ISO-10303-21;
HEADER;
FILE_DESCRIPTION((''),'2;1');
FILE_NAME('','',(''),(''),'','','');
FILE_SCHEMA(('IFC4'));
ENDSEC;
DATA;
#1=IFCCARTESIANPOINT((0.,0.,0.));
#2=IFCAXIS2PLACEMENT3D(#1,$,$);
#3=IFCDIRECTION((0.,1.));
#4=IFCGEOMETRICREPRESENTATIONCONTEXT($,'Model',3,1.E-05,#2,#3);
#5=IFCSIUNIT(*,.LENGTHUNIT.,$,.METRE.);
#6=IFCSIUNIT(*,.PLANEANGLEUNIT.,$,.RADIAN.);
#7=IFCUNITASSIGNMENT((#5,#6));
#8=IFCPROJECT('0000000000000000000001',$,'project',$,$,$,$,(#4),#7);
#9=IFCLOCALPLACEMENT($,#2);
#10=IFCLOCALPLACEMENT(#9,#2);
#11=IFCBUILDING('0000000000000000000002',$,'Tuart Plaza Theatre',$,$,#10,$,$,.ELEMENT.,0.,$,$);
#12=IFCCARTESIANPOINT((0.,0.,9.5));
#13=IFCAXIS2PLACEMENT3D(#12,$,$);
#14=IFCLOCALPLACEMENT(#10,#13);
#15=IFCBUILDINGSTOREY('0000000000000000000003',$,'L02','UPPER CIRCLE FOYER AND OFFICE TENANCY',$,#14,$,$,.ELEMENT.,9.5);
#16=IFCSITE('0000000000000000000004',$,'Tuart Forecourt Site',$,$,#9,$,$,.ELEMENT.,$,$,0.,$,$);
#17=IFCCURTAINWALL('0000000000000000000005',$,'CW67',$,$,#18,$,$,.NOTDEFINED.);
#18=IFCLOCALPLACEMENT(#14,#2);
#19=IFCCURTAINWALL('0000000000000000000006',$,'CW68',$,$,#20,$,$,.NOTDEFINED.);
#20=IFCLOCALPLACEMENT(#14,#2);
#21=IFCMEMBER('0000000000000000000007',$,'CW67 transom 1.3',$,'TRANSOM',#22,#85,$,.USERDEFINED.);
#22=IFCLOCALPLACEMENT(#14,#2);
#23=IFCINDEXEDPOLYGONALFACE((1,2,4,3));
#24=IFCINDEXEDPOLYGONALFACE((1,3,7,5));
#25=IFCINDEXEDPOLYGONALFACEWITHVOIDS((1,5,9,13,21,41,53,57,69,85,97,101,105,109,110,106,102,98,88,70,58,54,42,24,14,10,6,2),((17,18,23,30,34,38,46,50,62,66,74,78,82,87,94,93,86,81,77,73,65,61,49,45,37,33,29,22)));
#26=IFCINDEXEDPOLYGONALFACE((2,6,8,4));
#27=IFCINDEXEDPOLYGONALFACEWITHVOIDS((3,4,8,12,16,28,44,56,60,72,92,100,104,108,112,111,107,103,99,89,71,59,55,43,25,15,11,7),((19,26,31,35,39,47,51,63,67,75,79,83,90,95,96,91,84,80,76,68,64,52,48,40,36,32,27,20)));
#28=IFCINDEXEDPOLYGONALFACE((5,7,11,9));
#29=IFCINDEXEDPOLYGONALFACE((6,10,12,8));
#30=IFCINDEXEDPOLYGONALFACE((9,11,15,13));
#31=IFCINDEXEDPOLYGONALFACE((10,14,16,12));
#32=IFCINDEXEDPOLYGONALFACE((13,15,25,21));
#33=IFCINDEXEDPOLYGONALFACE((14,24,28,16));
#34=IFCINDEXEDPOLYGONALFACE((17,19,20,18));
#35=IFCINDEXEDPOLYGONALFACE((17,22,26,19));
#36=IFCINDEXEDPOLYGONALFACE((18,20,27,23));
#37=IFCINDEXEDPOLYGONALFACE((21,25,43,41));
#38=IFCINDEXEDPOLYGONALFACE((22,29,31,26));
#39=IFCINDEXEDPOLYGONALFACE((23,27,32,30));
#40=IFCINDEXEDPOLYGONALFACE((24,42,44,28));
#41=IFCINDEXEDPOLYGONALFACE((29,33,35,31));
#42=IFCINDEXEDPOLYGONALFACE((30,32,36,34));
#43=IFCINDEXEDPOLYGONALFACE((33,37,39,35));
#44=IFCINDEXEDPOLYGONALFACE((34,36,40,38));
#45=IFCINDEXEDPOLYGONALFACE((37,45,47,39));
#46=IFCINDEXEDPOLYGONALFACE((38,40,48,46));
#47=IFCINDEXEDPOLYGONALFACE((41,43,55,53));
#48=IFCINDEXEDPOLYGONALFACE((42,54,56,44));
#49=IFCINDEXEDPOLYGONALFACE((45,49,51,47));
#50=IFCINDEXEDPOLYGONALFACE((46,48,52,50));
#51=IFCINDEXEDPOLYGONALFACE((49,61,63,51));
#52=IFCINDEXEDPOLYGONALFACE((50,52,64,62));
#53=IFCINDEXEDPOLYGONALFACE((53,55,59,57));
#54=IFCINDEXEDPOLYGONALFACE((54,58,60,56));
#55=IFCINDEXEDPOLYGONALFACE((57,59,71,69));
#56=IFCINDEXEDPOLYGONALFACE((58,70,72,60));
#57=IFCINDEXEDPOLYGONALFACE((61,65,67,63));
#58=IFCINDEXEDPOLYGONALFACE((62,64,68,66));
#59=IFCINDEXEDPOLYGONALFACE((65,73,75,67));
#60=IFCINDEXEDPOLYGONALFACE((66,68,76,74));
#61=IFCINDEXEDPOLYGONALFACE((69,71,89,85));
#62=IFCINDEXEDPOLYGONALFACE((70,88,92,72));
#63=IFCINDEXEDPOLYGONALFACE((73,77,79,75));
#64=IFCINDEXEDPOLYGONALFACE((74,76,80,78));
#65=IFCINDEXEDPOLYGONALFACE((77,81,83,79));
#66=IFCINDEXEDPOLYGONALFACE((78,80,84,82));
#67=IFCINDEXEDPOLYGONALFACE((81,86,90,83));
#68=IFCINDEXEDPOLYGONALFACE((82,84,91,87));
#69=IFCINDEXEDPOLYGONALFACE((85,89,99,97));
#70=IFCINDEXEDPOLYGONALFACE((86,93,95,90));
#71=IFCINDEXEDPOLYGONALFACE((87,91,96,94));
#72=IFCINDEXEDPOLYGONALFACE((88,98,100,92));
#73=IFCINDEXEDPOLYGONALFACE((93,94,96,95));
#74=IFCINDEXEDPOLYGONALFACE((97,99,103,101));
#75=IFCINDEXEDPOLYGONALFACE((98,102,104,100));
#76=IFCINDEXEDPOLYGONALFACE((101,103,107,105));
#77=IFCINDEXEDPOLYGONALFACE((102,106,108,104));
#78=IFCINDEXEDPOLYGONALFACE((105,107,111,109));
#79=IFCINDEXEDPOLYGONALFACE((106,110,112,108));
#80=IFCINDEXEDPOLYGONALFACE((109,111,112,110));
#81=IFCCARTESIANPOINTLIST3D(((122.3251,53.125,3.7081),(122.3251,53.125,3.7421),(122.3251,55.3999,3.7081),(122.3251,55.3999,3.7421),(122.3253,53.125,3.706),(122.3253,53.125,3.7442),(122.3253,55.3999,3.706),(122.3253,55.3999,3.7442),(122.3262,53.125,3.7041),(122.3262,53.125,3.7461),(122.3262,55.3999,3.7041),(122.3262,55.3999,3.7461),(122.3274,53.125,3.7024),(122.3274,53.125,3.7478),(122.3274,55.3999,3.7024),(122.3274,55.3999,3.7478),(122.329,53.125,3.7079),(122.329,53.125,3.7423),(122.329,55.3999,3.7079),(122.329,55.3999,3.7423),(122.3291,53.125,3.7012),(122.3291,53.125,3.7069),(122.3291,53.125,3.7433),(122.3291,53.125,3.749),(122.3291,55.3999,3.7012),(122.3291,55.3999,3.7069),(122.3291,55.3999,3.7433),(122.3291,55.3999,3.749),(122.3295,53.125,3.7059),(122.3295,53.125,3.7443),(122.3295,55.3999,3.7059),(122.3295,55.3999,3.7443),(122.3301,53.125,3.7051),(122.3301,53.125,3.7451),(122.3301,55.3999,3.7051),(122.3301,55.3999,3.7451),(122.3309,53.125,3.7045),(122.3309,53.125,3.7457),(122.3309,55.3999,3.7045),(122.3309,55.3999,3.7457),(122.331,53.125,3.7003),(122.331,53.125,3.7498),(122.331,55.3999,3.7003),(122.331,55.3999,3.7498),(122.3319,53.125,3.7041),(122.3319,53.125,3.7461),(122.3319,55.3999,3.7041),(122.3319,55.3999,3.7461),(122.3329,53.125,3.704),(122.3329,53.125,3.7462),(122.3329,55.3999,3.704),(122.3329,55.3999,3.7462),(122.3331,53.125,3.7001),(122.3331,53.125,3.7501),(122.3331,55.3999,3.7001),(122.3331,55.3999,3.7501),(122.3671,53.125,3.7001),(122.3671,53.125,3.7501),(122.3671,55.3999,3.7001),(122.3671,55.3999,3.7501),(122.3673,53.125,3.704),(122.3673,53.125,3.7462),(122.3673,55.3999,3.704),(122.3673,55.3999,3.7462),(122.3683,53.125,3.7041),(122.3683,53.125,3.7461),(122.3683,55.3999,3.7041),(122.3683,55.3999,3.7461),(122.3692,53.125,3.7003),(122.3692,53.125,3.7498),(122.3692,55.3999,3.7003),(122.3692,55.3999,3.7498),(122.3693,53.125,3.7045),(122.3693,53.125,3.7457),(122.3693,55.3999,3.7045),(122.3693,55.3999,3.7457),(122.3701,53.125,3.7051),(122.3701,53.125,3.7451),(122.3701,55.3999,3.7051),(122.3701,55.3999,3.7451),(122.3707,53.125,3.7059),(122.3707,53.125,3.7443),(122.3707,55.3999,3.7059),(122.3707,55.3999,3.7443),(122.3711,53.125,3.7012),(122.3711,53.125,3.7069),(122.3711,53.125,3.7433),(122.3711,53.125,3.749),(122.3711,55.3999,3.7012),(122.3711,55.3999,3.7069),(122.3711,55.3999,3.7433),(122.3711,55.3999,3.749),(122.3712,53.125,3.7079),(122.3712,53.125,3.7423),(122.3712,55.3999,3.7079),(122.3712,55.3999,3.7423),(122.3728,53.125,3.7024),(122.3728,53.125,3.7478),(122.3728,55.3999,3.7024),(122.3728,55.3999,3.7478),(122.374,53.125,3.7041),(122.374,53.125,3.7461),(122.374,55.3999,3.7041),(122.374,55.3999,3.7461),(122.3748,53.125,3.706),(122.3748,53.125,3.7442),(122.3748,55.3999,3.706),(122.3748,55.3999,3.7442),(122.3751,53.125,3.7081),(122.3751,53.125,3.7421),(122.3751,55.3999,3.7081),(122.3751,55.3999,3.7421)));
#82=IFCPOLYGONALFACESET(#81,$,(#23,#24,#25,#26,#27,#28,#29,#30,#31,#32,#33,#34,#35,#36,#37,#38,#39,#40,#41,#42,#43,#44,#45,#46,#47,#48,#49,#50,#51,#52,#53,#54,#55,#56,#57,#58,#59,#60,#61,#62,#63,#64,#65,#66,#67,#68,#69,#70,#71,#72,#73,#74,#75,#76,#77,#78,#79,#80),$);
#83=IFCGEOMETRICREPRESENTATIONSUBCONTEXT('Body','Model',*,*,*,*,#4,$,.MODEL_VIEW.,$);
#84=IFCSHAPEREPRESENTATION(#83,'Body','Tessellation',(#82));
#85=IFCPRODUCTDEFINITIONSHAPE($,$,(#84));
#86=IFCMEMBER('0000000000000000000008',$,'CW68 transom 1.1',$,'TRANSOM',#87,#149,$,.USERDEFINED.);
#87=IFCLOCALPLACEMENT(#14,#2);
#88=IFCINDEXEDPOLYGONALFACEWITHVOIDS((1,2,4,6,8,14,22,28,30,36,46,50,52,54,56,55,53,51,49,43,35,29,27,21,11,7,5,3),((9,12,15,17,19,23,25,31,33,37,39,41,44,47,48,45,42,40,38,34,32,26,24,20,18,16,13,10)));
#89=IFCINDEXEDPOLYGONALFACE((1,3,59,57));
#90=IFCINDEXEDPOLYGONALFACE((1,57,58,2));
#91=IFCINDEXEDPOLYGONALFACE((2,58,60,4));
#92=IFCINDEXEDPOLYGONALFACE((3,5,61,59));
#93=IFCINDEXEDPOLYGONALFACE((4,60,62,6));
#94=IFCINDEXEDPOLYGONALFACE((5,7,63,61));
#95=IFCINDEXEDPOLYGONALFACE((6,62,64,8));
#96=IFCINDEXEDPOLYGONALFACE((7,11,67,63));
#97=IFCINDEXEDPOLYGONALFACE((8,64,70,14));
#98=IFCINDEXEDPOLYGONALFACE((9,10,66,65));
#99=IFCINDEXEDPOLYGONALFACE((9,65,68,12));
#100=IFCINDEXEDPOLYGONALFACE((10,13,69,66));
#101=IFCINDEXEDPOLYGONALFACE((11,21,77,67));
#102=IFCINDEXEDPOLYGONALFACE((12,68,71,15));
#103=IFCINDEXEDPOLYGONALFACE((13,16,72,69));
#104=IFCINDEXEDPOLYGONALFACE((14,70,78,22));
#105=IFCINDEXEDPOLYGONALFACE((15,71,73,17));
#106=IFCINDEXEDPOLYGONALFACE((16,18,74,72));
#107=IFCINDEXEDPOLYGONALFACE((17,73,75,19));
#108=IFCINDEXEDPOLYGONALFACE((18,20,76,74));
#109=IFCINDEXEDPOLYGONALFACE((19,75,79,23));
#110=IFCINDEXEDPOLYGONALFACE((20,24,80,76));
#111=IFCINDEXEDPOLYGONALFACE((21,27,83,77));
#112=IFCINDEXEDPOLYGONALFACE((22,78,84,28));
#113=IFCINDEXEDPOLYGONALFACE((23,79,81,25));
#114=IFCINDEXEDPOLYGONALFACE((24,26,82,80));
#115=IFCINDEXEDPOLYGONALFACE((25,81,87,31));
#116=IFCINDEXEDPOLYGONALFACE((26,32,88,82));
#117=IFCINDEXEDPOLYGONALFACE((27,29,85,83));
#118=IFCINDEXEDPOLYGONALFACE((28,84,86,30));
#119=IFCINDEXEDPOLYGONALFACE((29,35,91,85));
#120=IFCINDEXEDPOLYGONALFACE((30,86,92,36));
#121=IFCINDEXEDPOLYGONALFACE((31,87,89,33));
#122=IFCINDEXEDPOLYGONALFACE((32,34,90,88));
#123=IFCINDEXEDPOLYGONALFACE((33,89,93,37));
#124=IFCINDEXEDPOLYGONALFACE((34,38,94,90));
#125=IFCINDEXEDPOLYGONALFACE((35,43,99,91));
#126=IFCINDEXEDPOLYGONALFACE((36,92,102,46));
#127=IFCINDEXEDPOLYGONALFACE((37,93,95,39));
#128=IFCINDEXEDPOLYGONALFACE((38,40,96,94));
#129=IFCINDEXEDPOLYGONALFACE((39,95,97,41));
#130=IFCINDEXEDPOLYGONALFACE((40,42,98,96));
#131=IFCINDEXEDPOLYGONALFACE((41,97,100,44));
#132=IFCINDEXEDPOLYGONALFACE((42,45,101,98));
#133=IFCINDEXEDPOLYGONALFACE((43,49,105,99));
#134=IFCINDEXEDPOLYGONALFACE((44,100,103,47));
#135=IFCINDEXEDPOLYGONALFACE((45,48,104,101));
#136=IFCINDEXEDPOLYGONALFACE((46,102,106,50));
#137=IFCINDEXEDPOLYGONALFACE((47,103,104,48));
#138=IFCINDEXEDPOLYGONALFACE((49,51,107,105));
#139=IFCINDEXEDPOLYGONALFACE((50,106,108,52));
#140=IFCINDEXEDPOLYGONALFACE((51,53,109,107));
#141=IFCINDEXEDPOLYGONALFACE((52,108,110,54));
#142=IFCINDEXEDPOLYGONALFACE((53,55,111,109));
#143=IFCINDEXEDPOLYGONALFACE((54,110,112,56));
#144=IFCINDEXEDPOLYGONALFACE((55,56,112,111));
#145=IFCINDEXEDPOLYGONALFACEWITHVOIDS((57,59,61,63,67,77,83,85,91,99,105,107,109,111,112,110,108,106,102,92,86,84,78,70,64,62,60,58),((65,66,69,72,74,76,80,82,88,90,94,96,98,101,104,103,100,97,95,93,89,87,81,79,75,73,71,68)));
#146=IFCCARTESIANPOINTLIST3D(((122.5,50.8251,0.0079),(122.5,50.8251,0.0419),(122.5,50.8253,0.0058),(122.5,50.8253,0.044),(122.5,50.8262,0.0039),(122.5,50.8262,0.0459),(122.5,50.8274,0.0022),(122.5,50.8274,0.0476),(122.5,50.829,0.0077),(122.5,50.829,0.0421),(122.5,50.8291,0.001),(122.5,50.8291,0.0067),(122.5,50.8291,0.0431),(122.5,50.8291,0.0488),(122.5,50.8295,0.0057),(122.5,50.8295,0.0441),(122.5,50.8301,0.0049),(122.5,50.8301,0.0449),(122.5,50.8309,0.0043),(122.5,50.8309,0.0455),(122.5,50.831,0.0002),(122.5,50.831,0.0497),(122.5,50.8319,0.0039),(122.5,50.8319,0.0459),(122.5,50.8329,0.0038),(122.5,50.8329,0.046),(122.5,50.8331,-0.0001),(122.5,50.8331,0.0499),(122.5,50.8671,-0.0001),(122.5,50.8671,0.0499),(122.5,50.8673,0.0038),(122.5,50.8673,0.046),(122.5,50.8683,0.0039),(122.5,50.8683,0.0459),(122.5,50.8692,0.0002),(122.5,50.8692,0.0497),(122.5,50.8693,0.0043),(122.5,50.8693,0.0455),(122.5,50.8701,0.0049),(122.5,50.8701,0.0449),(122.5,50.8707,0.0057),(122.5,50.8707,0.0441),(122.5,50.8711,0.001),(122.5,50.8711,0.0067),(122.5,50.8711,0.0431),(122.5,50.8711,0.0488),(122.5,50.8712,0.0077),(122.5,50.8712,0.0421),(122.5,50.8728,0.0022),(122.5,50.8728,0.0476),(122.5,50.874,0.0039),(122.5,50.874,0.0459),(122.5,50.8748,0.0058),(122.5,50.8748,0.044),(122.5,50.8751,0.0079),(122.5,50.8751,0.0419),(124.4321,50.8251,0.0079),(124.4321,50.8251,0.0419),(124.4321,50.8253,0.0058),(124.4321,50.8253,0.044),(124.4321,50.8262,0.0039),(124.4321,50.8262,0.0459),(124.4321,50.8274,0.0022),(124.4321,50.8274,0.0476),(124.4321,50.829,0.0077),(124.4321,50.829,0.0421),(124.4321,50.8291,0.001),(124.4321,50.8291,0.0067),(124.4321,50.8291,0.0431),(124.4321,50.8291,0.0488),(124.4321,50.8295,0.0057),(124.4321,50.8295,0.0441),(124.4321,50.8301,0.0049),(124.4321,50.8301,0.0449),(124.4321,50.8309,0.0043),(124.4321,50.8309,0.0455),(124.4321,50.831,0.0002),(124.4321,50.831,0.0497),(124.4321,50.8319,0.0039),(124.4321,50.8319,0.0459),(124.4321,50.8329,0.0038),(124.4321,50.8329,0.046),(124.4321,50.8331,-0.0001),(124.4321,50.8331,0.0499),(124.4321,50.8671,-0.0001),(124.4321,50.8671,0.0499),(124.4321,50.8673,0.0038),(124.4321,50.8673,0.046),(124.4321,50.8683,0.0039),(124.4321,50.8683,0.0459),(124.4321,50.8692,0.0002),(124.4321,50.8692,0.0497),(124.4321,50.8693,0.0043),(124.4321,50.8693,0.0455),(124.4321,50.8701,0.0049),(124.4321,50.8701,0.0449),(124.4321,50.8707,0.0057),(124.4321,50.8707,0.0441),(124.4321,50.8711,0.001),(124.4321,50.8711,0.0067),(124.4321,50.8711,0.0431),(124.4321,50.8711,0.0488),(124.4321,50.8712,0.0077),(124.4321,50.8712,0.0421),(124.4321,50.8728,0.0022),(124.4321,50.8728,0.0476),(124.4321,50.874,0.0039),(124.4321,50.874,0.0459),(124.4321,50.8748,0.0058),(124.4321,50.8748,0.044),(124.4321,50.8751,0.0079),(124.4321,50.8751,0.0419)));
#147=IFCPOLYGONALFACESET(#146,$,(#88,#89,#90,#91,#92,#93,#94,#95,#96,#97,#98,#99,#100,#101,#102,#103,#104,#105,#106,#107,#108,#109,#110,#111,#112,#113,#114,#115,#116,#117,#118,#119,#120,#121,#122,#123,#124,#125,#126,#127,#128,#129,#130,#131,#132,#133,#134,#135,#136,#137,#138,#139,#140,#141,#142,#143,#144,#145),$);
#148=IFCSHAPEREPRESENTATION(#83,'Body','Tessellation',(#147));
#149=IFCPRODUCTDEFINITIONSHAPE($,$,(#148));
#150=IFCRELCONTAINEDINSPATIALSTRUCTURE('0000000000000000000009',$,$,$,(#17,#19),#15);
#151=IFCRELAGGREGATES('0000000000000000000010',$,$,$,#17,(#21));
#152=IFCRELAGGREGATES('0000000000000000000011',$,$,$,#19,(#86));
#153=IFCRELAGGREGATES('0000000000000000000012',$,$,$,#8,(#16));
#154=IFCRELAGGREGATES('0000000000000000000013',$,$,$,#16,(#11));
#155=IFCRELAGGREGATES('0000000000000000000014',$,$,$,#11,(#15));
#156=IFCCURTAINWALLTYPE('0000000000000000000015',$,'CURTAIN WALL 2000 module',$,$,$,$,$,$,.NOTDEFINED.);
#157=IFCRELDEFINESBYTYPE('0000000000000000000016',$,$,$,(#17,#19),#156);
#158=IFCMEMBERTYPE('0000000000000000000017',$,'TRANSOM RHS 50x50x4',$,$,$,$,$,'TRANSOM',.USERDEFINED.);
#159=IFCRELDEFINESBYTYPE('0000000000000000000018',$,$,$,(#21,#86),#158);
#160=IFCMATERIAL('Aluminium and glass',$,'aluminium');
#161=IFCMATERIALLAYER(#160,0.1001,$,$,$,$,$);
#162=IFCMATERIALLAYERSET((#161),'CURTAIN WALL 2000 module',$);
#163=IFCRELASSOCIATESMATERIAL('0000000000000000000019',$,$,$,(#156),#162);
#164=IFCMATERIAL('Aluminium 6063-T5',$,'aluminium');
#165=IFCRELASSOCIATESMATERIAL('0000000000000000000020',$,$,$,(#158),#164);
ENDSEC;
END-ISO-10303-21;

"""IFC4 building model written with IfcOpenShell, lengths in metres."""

from ifc_helpers import new_model, si_unit, direction, frame, origin, origin_2d, place, context, subcontext, project, spatial, hollow_rectangle, extrude, material, layer, layer_set, material_profile, profile_set, type_object, element, aggregate, save


model = new_model("IFC4")

# Units and contexts
model_context = context("Model", 3, precision=1e-05, world=origin(), true_north=direction((0.0, 1.0)))
body_context = subcontext(model_context, "Body", "Model", "MODEL_VIEW")
ifc_project = project(units=[si_unit("LENGTHUNIT", "METRE"), si_unit("PLANEANGLEUNIT", "RADIAN")], contexts=[model_context])

# Site, building, storey
site_placement = place(None, origin())
site = spatial("IfcSite", under=ifc_project, at=site_placement, Name="Tuart Forecourt Site", CompositionType="ELEMENT", RefElevation=0.0)
building_placement = place(site_placement, origin())
building = spatial("IfcBuilding", under=site, at=building_placement, Name="Tuart Plaza Theatre", CompositionType="ELEMENT", ElevationOfRefHeight=0.0)
storey_placement = place(building_placement, frame((0.0, 0.0, 9.5)))
storey = spatial("IfcBuildingStorey", under=building, at=storey_placement, Name="L02", Description="UPPER CIRCLE FOYER AND OFFICE TENANCY", CompositionType="ELEMENT", Elevation=9.5)

# Curtain wall
ifc_material_1 = material(Name="Aluminium and glass", Category="aluminium")
ifc_layer_1 = layer(ifc_material_1, 0.1001)
ifc_layer_set_1 = layer_set([ifc_layer_1], Name="CURTAIN WALL 2000 module")
curtain_wall_type = type_object("IfcCurtainWallType", Name="CURTAIN WALL 2000 module", PredefinedType="NOTDEFINED", material=ifc_layer_set_1)
curtain_wall_1_placement = place(storey_placement, origin())
curtain_wall_1 = element("IfcCurtainWall", 1, at=curtain_wall_1_placement, inside=storey, type_object=curtain_wall_type, Name="CW67", PredefinedType="NOTDEFINED")

# Curtain wall
curtain_wall_2_placement = place(storey_placement, origin())
curtain_wall_2 = element("IfcCurtainWall", 2, at=curtain_wall_2_placement, inside=storey, type_object=curtain_wall_type, Name="CW68", PredefinedType="NOTDEFINED")

# Members
ifc_material_2 = material(Name="Aluminium 6063-T5", Category="aluminium")
ifc_material_profile_1 = material_profile(ifc_material_2, hollow_rectangle(XDim=0.05, YDim=0.05, WallThickness=0.0039, InnerFilletRadius=0.0039, OuterFilletRadius=0.0081, at=origin_2d()), Name="RHS 50x50x4")
ifc_profile_set_1 = profile_set([ifc_material_profile_1], Name="Aluminium 6063-T5")
member_type_1 = type_object("IfcMemberType", Name="TRANSOM RHS 50x50x4", ElementType="TRANSOM", PredefinedType="USERDEFINED", material=ifc_profile_set_1)
member_1_placement = place(storey_placement, frame((122.3501, 55.3999, 3.7251), z_axis=(0.0, -1.0, 0.0), x_axis=(1.0, 0.0, 0.0)))
member_1 = element("IfcMember", 3, at=member_1_placement, type_object=member_type_1, Name="CW67 transom 1.3", ObjectType="TRANSOM", PredefinedType="USERDEFINED", context=body_context, shape_type="SweptSolid", body=[
    extrude(hollow_rectangle(XDim=0.05, YDim=0.05, WallThickness=0.0039, InnerFilletRadius=0.0039, OuterFilletRadius=0.0081, at=origin_2d()), origin(), (0.0, 0.0, 1.0), 2.2749),
])
aggregate(curtain_wall_1, [member_1])
member_2_placement = place(storey_placement, frame((122.5, 50.8501, 0.0249), z_axis=(1.0, 0.0, 0.0), x_axis=(0.0, 1.0, 0.0)))
member_2 = element("IfcMember", 4, at=member_2_placement, type_object=member_type_1, Name="CW68 transom 1.1", ObjectType="TRANSOM", PredefinedType="USERDEFINED", context=body_context, shape_type="SweptSolid", body=[
    extrude(hollow_rectangle(XDim=0.05, YDim=0.05, WallThickness=0.0039, InnerFilletRadius=0.0039, OuterFilletRadius=0.0081, at=origin_2d()), origin(), (0.0, 0.0, 1.0), 1.9321),
])

aggregate(curtain_wall_2, [member_2])

save(model, "model.ifc")
